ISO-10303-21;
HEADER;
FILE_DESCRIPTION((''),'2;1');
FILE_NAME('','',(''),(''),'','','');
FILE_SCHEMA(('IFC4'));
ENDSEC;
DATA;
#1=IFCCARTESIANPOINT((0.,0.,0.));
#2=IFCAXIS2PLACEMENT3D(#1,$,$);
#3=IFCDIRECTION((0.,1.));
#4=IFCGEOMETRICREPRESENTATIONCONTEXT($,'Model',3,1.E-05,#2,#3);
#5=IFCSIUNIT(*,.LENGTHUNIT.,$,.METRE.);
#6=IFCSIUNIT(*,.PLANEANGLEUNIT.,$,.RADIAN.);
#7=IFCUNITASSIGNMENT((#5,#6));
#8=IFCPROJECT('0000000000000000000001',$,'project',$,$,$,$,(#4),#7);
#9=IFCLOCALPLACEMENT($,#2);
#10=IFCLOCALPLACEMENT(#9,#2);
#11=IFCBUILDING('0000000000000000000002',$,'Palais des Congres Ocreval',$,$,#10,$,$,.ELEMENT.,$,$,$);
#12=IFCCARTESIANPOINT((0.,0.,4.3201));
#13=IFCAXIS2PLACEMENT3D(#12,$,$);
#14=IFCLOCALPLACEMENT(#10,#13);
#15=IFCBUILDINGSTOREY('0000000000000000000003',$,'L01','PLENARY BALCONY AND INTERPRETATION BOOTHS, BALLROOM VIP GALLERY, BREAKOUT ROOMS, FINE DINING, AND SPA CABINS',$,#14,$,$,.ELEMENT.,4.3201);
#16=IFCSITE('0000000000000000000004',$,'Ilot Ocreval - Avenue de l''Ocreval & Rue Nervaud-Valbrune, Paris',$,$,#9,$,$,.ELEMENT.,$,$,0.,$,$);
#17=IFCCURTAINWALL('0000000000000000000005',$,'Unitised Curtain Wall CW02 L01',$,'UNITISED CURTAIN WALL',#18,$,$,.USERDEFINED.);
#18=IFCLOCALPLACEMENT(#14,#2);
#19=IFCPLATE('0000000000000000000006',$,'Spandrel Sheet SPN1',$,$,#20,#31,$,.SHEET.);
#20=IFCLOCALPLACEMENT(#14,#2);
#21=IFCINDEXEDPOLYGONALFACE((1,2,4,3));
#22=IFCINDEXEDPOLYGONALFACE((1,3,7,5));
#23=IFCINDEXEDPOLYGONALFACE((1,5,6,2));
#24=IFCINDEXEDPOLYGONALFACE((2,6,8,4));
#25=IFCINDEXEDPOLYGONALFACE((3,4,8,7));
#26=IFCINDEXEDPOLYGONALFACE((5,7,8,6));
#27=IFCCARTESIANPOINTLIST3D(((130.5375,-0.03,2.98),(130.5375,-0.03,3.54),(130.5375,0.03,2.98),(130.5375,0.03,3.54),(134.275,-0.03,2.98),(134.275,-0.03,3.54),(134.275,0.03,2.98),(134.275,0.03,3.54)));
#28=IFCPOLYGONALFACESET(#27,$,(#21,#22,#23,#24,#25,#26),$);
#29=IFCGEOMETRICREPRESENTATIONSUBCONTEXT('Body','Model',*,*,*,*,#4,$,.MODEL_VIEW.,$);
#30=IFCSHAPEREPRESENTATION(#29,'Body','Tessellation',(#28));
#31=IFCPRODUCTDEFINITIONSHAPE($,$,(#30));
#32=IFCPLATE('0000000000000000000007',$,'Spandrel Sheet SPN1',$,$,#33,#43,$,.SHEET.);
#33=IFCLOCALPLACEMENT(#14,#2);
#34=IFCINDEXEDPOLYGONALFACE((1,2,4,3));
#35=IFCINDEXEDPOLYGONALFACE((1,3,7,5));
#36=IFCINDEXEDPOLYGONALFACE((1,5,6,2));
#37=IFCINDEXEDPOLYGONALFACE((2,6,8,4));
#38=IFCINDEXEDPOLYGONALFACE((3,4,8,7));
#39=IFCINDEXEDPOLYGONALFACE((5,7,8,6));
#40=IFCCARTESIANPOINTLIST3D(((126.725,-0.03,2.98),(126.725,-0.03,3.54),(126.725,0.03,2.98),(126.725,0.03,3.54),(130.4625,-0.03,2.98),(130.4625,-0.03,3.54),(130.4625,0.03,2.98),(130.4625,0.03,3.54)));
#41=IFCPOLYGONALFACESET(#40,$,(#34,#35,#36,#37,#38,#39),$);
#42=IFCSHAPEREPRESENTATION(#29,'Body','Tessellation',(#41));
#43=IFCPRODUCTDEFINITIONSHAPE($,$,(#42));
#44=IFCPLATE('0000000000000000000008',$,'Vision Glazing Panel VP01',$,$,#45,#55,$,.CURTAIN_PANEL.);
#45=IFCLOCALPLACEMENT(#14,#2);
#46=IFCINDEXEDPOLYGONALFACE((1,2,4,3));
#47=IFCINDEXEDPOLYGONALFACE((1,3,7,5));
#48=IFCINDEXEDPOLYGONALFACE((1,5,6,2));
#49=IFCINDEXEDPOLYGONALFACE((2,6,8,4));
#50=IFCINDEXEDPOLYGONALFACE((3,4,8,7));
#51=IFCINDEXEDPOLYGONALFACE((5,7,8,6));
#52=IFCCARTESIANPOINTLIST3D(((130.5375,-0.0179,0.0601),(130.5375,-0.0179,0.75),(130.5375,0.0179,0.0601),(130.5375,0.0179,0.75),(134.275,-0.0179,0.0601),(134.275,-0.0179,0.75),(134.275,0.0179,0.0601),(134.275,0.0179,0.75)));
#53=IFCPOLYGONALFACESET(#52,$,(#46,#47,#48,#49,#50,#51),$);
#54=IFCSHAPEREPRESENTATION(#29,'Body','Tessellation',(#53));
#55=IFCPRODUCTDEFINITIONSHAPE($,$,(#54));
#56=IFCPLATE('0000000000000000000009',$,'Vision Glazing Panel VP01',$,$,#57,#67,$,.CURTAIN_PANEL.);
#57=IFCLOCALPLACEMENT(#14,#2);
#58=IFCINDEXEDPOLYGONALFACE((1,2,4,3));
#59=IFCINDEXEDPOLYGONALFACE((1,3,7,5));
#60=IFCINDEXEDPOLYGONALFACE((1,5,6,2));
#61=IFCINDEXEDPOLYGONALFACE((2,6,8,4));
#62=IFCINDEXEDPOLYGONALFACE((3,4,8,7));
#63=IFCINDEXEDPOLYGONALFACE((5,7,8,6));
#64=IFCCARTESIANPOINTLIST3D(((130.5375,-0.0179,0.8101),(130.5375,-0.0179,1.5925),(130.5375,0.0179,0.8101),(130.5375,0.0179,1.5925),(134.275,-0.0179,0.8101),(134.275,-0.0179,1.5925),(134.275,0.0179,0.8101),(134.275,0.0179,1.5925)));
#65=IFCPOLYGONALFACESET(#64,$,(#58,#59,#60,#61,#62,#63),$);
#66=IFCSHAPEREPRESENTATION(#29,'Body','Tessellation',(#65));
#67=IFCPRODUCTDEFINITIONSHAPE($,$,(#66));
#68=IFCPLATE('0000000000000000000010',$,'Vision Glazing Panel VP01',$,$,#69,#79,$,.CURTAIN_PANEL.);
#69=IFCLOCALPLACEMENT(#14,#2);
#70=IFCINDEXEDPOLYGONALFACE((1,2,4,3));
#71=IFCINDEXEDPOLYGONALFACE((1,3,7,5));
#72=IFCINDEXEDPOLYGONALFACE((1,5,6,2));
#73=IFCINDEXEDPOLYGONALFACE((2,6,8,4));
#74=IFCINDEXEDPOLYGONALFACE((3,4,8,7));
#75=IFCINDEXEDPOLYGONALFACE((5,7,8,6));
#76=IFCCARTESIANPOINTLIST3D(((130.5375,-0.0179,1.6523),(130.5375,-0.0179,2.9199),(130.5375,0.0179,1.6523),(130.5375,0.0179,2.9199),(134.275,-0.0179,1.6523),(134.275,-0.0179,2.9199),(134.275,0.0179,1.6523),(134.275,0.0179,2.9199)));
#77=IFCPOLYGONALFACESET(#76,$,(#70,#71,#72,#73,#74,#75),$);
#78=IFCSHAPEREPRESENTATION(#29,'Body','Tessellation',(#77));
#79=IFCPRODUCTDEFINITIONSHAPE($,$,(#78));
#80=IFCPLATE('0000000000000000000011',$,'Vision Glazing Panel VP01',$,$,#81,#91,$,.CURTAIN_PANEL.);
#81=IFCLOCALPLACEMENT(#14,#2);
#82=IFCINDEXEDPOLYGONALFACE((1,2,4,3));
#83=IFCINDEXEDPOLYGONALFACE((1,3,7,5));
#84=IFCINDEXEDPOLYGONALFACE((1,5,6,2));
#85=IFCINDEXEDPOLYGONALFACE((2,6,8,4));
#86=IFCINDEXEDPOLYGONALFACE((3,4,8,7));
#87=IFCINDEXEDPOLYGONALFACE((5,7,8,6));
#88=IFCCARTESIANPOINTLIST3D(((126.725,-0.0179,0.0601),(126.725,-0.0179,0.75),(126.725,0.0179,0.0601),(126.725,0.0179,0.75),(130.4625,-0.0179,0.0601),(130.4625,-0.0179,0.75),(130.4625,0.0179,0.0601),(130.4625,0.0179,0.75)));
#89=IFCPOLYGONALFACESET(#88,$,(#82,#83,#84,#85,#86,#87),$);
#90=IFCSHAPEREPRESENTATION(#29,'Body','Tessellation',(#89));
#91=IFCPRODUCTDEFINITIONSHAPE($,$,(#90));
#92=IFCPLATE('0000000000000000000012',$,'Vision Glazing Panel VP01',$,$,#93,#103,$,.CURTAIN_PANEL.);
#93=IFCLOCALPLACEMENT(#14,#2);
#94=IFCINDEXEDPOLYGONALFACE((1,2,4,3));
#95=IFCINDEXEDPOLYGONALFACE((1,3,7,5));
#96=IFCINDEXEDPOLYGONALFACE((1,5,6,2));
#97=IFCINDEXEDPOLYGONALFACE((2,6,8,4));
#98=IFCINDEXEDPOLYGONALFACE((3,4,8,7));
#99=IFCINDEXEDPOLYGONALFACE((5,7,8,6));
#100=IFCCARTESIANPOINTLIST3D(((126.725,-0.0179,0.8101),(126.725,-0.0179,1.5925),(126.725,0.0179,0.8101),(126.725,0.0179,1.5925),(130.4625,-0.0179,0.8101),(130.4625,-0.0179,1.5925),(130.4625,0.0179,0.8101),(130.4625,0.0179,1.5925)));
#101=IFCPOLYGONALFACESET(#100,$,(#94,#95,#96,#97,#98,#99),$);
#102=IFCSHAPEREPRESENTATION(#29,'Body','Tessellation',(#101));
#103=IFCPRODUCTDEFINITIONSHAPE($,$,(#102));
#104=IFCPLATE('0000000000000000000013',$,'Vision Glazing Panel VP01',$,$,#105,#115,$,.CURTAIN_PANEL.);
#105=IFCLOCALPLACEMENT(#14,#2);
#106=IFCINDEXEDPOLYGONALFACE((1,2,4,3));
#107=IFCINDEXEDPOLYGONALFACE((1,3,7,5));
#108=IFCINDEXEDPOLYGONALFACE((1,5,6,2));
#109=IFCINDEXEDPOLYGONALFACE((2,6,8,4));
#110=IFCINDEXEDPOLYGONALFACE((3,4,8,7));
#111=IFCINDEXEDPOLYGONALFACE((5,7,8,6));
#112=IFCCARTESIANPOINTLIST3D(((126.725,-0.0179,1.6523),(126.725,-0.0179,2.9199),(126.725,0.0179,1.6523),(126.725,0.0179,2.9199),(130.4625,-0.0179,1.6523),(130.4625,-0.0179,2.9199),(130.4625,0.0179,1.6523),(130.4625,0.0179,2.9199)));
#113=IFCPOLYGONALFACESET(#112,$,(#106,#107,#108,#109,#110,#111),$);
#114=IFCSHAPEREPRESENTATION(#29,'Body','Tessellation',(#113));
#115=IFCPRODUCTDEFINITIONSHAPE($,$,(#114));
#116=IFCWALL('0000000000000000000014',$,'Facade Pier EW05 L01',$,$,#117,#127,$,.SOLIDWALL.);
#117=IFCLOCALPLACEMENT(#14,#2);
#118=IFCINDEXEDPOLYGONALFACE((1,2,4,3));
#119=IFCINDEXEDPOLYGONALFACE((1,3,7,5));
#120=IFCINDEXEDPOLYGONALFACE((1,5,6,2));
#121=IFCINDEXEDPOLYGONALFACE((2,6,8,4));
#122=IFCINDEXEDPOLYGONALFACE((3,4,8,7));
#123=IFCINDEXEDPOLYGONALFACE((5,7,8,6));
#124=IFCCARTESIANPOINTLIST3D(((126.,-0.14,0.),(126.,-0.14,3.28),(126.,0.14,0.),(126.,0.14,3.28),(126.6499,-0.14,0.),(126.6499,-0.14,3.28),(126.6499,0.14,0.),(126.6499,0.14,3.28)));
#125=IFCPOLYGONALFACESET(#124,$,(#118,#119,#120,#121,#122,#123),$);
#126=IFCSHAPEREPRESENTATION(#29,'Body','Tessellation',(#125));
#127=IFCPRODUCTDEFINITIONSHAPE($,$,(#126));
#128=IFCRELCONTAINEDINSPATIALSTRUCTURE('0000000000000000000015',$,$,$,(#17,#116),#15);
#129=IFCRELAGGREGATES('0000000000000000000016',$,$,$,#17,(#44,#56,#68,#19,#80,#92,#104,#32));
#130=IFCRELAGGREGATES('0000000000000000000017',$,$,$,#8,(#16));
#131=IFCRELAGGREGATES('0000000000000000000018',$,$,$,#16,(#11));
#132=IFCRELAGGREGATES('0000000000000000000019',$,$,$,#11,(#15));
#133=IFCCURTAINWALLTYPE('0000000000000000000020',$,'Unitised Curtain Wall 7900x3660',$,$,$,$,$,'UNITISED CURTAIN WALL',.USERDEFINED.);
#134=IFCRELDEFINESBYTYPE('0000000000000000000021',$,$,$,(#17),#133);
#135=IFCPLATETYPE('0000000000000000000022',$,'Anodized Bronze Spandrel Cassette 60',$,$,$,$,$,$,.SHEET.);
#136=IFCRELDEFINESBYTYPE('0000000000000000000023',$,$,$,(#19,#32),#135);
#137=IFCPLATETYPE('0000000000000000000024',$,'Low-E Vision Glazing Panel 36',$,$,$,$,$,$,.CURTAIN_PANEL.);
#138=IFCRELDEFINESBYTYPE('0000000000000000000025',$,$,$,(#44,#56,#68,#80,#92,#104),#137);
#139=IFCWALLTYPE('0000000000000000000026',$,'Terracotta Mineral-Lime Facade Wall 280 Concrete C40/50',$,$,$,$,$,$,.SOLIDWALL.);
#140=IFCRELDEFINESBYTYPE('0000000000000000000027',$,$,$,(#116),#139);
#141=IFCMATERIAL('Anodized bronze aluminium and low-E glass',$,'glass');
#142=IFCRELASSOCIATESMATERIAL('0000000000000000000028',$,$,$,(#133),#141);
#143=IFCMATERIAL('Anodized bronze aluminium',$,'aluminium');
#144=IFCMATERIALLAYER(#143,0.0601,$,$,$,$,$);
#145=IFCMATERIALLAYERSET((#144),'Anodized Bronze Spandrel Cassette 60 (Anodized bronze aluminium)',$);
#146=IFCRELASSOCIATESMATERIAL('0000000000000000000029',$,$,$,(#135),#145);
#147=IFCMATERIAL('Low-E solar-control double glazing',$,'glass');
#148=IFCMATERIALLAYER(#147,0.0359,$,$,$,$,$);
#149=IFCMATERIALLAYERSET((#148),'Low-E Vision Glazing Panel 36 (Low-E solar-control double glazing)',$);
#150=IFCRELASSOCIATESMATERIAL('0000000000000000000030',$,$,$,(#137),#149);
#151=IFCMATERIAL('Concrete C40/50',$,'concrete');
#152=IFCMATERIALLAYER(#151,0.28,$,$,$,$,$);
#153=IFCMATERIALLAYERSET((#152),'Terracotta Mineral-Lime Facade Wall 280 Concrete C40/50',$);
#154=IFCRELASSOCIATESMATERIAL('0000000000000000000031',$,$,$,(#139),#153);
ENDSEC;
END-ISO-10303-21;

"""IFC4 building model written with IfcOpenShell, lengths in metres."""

from ifc_helpers import new_model, si_unit, direction, frame, frame_2d, origin, origin_2d, place, context, subcontext, project, spatial, rectangle, extrude, material, layer, layer_set, type_object, element, aggregate, save


model = new_model("IFC4")

# Units and contexts
model_context = context("Model", 3, precision=1e-05, world=origin(), true_north=direction((0.0, 1.0)))
body_context = subcontext(model_context, "Body", "Model", "MODEL_VIEW")
ifc_project = project(units=[si_unit("LENGTHUNIT", "METRE"), si_unit("PLANEANGLEUNIT", "RADIAN")], contexts=[model_context])

# Site, building, storey
site_placement = place(None, origin())
site = spatial("IfcSite", under=ifc_project, at=site_placement, Name="Ilot Ocreval - Avenue de l'Ocreval & Rue Nervaud-Valbrune, Paris", CompositionType="ELEMENT", RefElevation=0.0)
building_placement = place(site_placement, origin())
building = spatial("IfcBuilding", under=site, at=building_placement, Name="Palais des Congres Ocreval", CompositionType="ELEMENT")
storey_placement = place(building_placement, frame((0.0, 0.0, 4.3201)))
storey = spatial("IfcBuildingStorey", under=building, at=storey_placement, Name="L01", Description="PLENARY BALCONY AND INTERPRETATION BOOTHS, BALLROOM VIP GALLERY, BREAKOUT ROOMS, FINE DINING, AND SPA CABINS", CompositionType="ELEMENT", Elevation=4.3201)

# Curtain wall
ifc_material_1 = material(Name="Anodized bronze aluminium and low-E glass", Category="glass")
curtain_wall_type = type_object("IfcCurtainWallType", Name="Unitised Curtain Wall 7900x3660", ElementType="UNITISED CURTAIN WALL", PredefinedType="USERDEFINED", material=ifc_material_1)
curtain_wall_placement = place(storey_placement, origin())
curtain_wall = element("IfcCurtainWall", 1, at=curtain_wall_placement, inside=storey, type_object=curtain_wall_type, Name="Unitised Curtain Wall CW02 L01", ObjectType="UNITISED CURTAIN WALL", PredefinedType="USERDEFINED")
ifc_material_2 = material(Name="Anodized bronze aluminium", Category="aluminium")

# Plates
ifc_layer_1 = layer(ifc_material_2, 0.0601)
ifc_layer_set_1 = layer_set([ifc_layer_1], Name="Anodized Bronze Spandrel Cassette 60 (Anodized bronze aluminium)")
plate_type_1 = type_object("IfcPlateType", Name="Anodized Bronze Spandrel Cassette 60", PredefinedType="SHEET", material=ifc_layer_set_1)
plate_1_placement = place(storey_placement, frame((132.4062, 0.0, 2.98), z_axis=(0.0, 0.0, 1.0), x_axis=(-1.0, 0.0, 0.0)))
plate_1 = element("IfcPlate", 2, at=plate_1_placement, type_object=plate_type_1, Name="Spandrel Sheet SPN1", PredefinedType="SHEET", context=body_context, shape_type="SweptSolid", body=[
    extrude(rectangle(XDim=3.7375, YDim=0.0601, at=origin_2d()), origin(), (0.0, 0.0, 1.0), 0.5601),
])
plate_2_placement = place(storey_placement, frame((128.5938, 0.0, 2.98), z_axis=(0.0, 0.0, 1.0), x_axis=(-1.0, 0.0, 0.0)))
plate_2 = element("IfcPlate", 3, at=plate_2_placement, type_object=plate_type_1, Name="Spandrel Sheet SPN1", PredefinedType="SHEET", context=body_context, shape_type="SweptSolid", body=[
    extrude(rectangle(XDim=3.7375, YDim=0.0601, at=origin_2d()), origin(), (0.0, 0.0, 1.0), 0.5601),
])
ifc_material_3 = material(Name="Low-E solar-control double glazing", Category="glass")
ifc_layer_2 = layer(ifc_material_3, 0.0359)
ifc_layer_set_2 = layer_set([ifc_layer_2], Name="Low-E Vision Glazing Panel 36 (Low-E solar-control double glazing)")
plate_type_2 = type_object("IfcPlateType", Name="Low-E Vision Glazing Panel 36", PredefinedType="CURTAIN_PANEL", material=ifc_layer_set_2)
plate_3_placement = place(storey_placement, frame((132.4062, 0.0, 0.0601), z_axis=(0.0, 0.0, 1.0), x_axis=(-1.0, 0.0, 0.0)))
plate_3 = element("IfcPlate", 4, at=plate_3_placement, type_object=plate_type_2, Name="Vision Glazing Panel VP01", PredefinedType="CURTAIN_PANEL", context=body_context, shape_type="SweptSolid", body=[
    extrude(rectangle(XDim=3.7375, YDim=0.0359, at=origin_2d()), origin(), (0.0, 0.0, 1.0), 0.6899),
])
plate_4_placement = place(storey_placement, frame((132.4062, 0.0, 0.8101), z_axis=(0.0, 0.0, 1.0), x_axis=(-1.0, 0.0, 0.0)))
plate_4 = element("IfcPlate", 5, at=plate_4_placement, type_object=plate_type_2, Name="Vision Glazing Panel VP01", PredefinedType="CURTAIN_PANEL", context=body_context, shape_type="SweptSolid", body=[
    extrude(rectangle(XDim=3.7375, YDim=0.0359, at=origin_2d()), origin(), (0.0, 0.0, 1.0), 0.7825),
])
plate_5_placement = place(storey_placement, frame((132.4062, 0.0, 1.6523), z_axis=(0.0, 0.0, 1.0), x_axis=(-1.0, 0.0, 0.0)))
plate_5 = element("IfcPlate", 6, at=plate_5_placement, type_object=plate_type_2, Name="Vision Glazing Panel VP01", PredefinedType="CURTAIN_PANEL", context=body_context, shape_type="SweptSolid", body=[
    extrude(rectangle(XDim=3.7375, YDim=0.0359, at=origin_2d()), origin(), (0.0, 0.0, 1.0), 1.2676),
])
plate_6_placement = place(storey_placement, frame((128.5938, 0.0, 0.0601), z_axis=(0.0, 0.0, 1.0), x_axis=(-1.0, 0.0, 0.0)))
plate_6 = element("IfcPlate", 7, at=plate_6_placement, type_object=plate_type_2, Name="Vision Glazing Panel VP01", PredefinedType="CURTAIN_PANEL", context=body_context, shape_type="SweptSolid", body=[
    extrude(rectangle(XDim=3.7375, YDim=0.0359, at=origin_2d()), origin(), (0.0, 0.0, 1.0), 0.6899),
])
plate_7_placement = place(storey_placement, frame((128.5938, 0.0, 0.8101), z_axis=(0.0, 0.0, 1.0), x_axis=(-1.0, 0.0, 0.0)))
plate_7 = element("IfcPlate", 8, at=plate_7_placement, type_object=plate_type_2, Name="Vision Glazing Panel VP01", PredefinedType="CURTAIN_PANEL", context=body_context, shape_type="SweptSolid", body=[
    extrude(rectangle(XDim=3.7375, YDim=0.0359, at=origin_2d()), origin(), (0.0, 0.0, 1.0), 0.7825),
])
plate_8_placement = place(storey_placement, frame((128.5938, 0.0, 1.6523), z_axis=(0.0, 0.0, 1.0), x_axis=(-1.0, 0.0, 0.0)))
plate_8 = element("IfcPlate", 9, at=plate_8_placement, type_object=plate_type_2, Name="Vision Glazing Panel VP01", PredefinedType="CURTAIN_PANEL", context=body_context, shape_type="SweptSolid", body=[
    extrude(rectangle(XDim=3.7375, YDim=0.0359, at=origin_2d()), origin(), (0.0, 0.0, 1.0), 1.2676),
])
aggregate(curtain_wall, [plate_3, plate_4, plate_5, plate_1, plate_6, plate_7, plate_8, plate_2])

# Wall
ifc_material_4 = material(Name="Concrete C40/50", Category="concrete")
ifc_layer_3 = layer(ifc_material_4, 0.28)
ifc_layer_set_3 = layer_set([ifc_layer_3], Name="Terracotta Mineral-Lime Facade Wall 280 Concrete C40/50")
wall_type = type_object("IfcWallType", Name="Terracotta Mineral-Lime Facade Wall 280 Concrete C40/50", PredefinedType="SOLIDWALL", material=ifc_layer_set_3)
wall_placement = place(storey_placement, frame((126.6499, 0.0, 0.0), z_axis=(0.0, 0.0, 1.0), x_axis=(-1.0, 0.0, 0.0)))
element("IfcWall", 10, at=wall_placement, inside=storey, type_object=wall_type, Name="Facade Pier EW05 L01", PredefinedType="SOLIDWALL", context=body_context, shape_type="SweptSolid", body=[
    extrude(rectangle(XDim=0.6499, YDim=0.28, at=frame_2d((0.325, 0.0))), origin(), (0.0, 0.0, 1.0), 3.28),
])

save(model, "model.ifc")
